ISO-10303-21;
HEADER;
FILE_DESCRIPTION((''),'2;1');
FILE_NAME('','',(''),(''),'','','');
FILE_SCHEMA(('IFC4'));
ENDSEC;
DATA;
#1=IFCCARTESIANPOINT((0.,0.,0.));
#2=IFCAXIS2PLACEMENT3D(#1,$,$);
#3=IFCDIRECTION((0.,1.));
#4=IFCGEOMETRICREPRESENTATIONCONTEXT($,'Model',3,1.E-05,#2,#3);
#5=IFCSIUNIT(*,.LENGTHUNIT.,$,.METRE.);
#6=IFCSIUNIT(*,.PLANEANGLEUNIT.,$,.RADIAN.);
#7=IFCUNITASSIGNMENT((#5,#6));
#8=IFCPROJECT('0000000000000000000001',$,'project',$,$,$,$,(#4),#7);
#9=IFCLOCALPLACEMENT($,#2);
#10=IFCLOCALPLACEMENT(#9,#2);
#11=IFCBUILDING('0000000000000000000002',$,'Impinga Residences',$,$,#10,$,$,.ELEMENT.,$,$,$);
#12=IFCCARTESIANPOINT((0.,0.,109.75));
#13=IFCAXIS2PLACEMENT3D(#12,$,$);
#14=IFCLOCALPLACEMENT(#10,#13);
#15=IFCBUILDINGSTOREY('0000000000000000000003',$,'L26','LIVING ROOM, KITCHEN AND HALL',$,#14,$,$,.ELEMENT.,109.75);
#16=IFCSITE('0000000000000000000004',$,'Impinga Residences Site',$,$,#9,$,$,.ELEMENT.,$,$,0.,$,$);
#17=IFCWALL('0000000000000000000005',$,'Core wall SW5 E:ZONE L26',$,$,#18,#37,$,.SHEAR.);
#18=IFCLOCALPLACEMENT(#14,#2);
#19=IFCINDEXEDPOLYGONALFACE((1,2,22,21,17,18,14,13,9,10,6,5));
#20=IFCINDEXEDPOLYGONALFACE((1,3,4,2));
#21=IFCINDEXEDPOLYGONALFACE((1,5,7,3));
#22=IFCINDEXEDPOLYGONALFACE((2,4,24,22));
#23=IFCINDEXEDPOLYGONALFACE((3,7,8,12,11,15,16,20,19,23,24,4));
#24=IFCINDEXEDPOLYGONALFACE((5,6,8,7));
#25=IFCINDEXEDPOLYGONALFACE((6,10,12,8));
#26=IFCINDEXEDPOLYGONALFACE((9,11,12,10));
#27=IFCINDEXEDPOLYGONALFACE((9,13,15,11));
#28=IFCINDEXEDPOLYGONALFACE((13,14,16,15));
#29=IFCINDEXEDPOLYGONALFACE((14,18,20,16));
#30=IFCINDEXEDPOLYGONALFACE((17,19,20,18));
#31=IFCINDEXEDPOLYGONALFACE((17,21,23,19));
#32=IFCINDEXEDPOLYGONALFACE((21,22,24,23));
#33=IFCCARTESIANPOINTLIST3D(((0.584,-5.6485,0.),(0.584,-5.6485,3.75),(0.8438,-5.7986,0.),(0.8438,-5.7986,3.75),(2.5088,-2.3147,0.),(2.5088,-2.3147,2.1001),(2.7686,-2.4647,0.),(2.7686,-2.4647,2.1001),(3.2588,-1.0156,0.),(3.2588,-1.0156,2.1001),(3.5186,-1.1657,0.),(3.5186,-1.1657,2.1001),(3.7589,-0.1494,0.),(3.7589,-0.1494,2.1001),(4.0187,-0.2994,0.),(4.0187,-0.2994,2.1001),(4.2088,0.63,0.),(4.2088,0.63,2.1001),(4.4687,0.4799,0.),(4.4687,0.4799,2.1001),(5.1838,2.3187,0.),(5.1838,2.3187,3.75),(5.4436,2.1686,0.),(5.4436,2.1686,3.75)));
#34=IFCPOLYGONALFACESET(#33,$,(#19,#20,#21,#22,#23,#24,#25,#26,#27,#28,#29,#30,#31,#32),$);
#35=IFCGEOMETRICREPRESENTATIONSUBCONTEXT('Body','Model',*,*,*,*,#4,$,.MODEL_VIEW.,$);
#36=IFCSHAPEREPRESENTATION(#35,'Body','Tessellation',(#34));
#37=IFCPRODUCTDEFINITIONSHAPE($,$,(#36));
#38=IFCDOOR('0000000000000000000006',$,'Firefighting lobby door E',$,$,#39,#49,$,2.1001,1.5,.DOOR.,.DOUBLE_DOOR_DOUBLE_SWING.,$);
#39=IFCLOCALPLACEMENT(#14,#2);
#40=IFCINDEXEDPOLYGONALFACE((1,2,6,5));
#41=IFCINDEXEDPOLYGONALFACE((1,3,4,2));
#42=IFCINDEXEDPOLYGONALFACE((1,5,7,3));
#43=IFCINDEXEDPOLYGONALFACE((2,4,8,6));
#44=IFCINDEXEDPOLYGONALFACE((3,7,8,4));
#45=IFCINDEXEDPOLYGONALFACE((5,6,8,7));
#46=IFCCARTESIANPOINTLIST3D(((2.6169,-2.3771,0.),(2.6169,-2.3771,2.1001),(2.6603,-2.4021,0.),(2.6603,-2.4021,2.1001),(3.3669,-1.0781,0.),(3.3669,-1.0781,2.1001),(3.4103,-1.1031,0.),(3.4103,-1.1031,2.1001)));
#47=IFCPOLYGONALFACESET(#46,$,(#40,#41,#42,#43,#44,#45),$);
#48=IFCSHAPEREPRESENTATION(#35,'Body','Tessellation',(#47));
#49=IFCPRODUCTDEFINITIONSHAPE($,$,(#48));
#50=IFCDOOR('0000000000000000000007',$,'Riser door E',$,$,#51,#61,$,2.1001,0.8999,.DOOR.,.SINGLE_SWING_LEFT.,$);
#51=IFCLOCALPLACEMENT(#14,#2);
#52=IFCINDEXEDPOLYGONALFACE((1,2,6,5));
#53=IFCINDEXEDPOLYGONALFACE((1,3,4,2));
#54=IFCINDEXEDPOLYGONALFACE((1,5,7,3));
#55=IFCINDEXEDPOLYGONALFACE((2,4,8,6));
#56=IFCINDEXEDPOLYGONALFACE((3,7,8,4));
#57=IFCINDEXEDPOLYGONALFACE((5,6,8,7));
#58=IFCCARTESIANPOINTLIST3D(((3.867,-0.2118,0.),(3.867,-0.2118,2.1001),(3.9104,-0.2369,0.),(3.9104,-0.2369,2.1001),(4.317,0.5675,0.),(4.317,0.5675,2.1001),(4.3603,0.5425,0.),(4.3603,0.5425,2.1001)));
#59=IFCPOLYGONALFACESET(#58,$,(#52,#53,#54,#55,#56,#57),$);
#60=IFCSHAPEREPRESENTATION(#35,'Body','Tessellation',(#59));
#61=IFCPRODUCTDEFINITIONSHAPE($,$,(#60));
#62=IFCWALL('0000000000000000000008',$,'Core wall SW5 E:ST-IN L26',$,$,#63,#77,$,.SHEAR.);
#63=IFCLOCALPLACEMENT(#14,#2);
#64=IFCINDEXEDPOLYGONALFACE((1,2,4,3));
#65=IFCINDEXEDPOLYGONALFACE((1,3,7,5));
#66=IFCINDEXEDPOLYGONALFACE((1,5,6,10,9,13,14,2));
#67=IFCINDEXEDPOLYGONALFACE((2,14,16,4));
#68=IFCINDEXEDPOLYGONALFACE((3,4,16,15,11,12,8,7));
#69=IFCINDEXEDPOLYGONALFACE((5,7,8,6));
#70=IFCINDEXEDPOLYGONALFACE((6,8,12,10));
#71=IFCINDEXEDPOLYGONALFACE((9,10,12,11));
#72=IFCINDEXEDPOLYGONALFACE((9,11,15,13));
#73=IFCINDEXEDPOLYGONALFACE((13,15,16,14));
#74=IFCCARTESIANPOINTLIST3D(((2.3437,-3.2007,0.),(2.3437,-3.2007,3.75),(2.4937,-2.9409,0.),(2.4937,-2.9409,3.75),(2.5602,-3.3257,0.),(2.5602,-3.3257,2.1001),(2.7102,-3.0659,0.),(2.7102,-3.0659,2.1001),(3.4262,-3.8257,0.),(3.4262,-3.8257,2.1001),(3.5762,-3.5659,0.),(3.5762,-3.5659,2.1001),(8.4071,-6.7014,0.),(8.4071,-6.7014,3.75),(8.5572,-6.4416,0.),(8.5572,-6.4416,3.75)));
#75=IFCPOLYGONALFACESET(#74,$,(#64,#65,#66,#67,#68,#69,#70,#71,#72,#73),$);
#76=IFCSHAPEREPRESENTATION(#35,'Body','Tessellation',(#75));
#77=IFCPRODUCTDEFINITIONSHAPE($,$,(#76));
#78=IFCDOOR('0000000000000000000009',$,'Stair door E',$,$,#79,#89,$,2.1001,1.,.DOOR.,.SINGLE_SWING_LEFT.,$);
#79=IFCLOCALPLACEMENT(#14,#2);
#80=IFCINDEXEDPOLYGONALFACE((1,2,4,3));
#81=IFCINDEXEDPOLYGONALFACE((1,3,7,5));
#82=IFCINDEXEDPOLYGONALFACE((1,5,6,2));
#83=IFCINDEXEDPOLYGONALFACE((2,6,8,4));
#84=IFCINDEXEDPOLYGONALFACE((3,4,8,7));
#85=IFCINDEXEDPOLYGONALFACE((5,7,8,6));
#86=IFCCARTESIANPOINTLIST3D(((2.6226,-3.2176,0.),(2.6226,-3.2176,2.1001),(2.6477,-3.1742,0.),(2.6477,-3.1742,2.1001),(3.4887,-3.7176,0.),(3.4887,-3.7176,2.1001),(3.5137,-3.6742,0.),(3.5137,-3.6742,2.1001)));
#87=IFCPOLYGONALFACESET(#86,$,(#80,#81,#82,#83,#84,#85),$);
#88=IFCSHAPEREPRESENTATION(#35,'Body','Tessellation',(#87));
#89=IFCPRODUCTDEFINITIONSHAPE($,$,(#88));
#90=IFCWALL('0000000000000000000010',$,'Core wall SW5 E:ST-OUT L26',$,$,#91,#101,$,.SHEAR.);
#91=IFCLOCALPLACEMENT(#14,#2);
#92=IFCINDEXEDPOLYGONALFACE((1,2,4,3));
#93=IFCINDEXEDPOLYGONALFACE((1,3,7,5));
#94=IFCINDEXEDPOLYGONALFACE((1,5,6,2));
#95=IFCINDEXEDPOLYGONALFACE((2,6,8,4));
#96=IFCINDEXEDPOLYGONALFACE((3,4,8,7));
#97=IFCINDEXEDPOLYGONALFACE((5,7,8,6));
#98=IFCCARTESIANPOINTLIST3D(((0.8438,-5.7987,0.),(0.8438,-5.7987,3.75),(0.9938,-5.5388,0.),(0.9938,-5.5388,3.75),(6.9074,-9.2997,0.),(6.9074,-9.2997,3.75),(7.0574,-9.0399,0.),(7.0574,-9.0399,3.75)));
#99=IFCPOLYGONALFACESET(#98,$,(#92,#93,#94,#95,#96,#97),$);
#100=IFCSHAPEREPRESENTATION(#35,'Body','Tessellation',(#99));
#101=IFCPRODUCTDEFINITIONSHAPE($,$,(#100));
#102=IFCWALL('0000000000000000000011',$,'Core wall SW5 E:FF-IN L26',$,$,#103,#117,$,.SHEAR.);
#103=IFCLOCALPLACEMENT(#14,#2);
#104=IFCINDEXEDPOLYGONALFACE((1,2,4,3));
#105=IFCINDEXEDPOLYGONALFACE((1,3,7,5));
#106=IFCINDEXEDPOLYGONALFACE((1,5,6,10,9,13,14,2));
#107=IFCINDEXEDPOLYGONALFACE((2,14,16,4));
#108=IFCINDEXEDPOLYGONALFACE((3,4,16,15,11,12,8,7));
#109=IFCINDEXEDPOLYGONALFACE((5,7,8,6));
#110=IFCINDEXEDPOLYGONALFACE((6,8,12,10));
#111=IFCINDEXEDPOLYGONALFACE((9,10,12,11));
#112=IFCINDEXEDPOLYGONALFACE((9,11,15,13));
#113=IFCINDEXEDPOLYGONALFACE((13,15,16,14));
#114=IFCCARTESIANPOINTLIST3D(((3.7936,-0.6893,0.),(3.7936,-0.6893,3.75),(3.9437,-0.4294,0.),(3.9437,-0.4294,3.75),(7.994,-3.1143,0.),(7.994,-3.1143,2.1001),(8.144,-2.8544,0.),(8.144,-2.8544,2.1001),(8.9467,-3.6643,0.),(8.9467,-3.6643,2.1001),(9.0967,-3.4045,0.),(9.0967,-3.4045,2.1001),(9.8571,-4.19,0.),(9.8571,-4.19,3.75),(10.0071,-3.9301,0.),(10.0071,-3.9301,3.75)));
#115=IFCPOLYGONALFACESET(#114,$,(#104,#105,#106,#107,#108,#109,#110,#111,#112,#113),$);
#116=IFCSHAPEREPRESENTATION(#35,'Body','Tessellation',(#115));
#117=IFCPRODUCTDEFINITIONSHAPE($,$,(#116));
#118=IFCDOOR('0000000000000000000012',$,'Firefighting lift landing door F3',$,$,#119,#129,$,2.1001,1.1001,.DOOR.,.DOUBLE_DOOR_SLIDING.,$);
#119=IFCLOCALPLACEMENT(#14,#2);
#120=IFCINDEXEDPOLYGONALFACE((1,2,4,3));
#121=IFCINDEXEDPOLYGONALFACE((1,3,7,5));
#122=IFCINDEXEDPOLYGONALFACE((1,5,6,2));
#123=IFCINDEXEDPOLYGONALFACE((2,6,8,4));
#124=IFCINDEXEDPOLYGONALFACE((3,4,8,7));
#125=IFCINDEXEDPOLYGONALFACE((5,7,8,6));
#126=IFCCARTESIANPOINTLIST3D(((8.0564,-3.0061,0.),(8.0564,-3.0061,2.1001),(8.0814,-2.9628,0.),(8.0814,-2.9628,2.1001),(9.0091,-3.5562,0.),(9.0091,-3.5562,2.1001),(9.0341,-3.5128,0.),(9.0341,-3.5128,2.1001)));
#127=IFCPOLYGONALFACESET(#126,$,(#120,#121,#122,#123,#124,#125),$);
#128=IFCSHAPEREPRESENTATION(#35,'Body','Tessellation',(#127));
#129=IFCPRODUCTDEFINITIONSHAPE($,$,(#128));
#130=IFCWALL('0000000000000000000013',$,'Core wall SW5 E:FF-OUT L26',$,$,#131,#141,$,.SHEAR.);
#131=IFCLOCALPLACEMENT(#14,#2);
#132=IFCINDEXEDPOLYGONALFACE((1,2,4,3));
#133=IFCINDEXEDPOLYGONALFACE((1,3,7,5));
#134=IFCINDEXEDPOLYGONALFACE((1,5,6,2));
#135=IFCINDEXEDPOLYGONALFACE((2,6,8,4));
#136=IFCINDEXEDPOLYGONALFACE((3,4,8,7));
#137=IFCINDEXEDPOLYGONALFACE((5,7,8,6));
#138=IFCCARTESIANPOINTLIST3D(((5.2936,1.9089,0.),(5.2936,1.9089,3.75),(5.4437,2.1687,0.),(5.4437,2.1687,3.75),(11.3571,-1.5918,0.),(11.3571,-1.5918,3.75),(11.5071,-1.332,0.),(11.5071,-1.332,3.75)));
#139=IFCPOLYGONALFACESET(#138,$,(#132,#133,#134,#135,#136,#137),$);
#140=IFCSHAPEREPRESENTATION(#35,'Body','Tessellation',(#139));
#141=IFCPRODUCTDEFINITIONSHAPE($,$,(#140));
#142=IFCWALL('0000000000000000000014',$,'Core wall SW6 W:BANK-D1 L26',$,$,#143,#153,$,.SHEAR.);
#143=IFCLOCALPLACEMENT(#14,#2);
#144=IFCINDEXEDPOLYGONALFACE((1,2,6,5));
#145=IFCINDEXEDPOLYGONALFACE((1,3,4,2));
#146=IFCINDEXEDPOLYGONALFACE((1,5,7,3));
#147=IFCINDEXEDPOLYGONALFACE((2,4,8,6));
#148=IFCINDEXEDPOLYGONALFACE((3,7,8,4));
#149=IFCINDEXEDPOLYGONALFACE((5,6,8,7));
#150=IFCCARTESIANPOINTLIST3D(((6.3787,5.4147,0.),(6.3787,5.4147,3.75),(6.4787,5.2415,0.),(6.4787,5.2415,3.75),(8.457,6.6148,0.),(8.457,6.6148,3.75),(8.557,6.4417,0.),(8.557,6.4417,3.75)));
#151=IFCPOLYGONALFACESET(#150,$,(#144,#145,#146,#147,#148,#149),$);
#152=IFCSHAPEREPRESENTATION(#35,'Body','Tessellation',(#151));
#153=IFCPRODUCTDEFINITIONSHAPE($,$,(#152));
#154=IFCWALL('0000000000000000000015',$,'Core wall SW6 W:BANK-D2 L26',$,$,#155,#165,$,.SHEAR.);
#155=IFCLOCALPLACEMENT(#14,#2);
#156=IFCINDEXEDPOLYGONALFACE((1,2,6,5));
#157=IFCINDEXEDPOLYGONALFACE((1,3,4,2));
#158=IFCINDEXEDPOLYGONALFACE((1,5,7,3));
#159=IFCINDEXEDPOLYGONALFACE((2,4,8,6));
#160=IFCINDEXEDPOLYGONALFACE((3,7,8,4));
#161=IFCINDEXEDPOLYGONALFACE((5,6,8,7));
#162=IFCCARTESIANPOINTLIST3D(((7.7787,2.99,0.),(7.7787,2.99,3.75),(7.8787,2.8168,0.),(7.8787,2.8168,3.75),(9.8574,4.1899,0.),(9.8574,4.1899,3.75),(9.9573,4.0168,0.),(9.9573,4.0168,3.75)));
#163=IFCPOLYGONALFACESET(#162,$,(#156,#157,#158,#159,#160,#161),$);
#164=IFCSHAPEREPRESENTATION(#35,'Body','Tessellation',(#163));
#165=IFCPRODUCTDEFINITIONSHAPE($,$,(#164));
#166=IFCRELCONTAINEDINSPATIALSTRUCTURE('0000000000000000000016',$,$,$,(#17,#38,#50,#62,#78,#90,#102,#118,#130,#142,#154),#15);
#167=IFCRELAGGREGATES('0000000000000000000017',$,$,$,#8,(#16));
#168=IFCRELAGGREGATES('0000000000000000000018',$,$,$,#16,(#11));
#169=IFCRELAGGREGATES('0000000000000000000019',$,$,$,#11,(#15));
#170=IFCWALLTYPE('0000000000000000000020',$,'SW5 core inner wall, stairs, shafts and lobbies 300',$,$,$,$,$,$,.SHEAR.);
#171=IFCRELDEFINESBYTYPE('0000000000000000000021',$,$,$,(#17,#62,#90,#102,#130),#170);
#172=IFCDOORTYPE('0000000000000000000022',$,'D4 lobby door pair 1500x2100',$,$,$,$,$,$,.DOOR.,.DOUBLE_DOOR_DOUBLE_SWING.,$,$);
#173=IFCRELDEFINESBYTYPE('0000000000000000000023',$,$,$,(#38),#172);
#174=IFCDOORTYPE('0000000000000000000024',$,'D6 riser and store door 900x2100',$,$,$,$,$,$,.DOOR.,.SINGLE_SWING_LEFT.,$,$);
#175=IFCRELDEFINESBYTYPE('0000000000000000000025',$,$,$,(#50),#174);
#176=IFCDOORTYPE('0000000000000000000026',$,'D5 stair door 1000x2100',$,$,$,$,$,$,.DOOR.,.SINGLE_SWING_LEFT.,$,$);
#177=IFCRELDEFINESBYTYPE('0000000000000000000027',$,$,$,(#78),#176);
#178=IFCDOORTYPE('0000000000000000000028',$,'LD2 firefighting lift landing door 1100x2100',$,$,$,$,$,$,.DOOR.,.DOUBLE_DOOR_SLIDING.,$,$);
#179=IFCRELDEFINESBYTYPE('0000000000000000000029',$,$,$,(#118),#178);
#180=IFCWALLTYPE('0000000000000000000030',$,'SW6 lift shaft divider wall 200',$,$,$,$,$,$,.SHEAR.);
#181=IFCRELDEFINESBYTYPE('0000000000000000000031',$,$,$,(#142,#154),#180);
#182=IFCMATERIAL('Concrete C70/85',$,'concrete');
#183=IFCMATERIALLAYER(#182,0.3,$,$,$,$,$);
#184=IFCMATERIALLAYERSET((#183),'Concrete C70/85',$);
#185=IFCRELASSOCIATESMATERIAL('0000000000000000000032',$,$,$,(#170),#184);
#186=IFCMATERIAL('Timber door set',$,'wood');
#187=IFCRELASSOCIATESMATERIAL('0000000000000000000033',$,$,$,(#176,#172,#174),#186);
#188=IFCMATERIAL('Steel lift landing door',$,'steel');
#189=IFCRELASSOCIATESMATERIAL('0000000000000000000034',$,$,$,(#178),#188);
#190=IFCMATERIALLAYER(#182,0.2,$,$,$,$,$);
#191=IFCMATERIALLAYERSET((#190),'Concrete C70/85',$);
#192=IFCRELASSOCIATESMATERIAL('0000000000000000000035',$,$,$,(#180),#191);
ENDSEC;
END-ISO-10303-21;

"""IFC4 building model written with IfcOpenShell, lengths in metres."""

from ifc_helpers import new_model, si_unit, direction, frame, frame_2d, origin, place, context, subcontext, project, spatial, rectangle, extrude, material, layer, layer_set, type_object, element, fill, save


model = new_model("IFC4")

# Units and contexts
model_context = context("Model", 3, precision=1e-05, world=origin(), true_north=direction((0.0, 1.0)))
body_context = subcontext(model_context, "Body", "Model", "MODEL_VIEW")
ifc_project = project(units=[si_unit("LENGTHUNIT", "METRE"), si_unit("PLANEANGLEUNIT", "RADIAN")], contexts=[model_context])

# Site, building, storey
site_placement = place(None, origin())
site = spatial("IfcSite", under=ifc_project, at=site_placement, Name="Impinga Residences Site", CompositionType="ELEMENT", RefElevation=0.0)
building_placement = place(site_placement, origin())
building = spatial("IfcBuilding", under=site, at=building_placement, Name="Impinga Residences", CompositionType="ELEMENT")
storey_placement = place(building_placement, frame((0.0, 0.0, 109.75)))
storey = spatial("IfcBuildingStorey", under=building, at=storey_placement, Name="L26", Description="LIVING ROOM, KITCHEN AND HALL", CompositionType="ELEMENT", Elevation=109.75)

# Shared definitions
ifc_material_1 = material(Name="Concrete C70/85", Category="concrete")
ifc_layer_1 = layer(ifc_material_1, 0.3)
ifc_layer_set_1 = layer_set([ifc_layer_1], Name="Concrete C70/85")
wall_type_1 = type_object("IfcWallType", Name="SW5 core inner wall, stairs, shafts and lobbies 300", PredefinedType="SHEAR", material=ifc_layer_set_1)
ifc_material_2 = material(Name="Timber door set", Category="wood")
door_type_1 = type_object("IfcDoorType", Name="D5 stair door 1000x2100", OperationType="SINGLE_SWING_LEFT", PredefinedType="DOOR", material=ifc_material_2)

# Wall, openings, doors
wall_1_placement = place(storey_placement, frame((5.3137, 2.2437, 0.0), z_axis=(0.0, 0.0, 1.0), x_axis=(-0.499995, -0.866028, 0.0)))
wall_1 = element("IfcWall", 1, at=wall_1_placement, inside=storey, type_object=wall_type_1, Name="Core wall SW5 E:ZONE L26", PredefinedType="SHEAR", context=body_context, shape_type="SweptSolid", body=[
    extrude(rectangle(XDim=9.1997, YDim=0.3, at=frame_2d((4.5999, 0.0))), origin(), (0.0, 0.0, 1.0), 3.75),
])
opening_1_placement = place(wall_1_placement, frame((3.8501, 0.0, 0.0)))
opening_1 = element("IfcOpeningElement", 2, at=opening_1_placement, cuts=wall_1, PredefinedType="OPENING", context=body_context, shape_type="SweptSolid", body=[
    extrude(rectangle(XDim=1.5, YDim=2.1001, at=frame_2d((0.75, 1.05))), frame((0.0, 0.1599, 0.0), z_axis=(0.0, -1.0, 0.0), x_axis=(1.0, 0.0, 0.0)), (0.0, 0.0, 1.0), 0.3201),
])
opening_2_placement = place(wall_1_placement, frame((1.95, 0.0, 0.0)))
opening_2 = element("IfcOpeningElement", 3, at=opening_2_placement, cuts=wall_1, PredefinedType="OPENING", context=body_context, shape_type="SweptSolid", body=[
    extrude(rectangle(XDim=0.8999, YDim=2.1001, at=frame_2d((0.45, 1.05))), frame((0.0, 0.1599, 0.0), z_axis=(0.0, -1.0, 0.0), x_axis=(1.0, 0.0, 0.0)), (0.0, 0.0, 1.0), 0.3201),
])
door_type_2 = type_object("IfcDoorType", Name="D4 lobby door pair 1500x2100", OperationType="DOUBLE_DOOR_DOUBLE_SWING", PredefinedType="DOOR", material=ifc_material_2)
door_1_placement = place(opening_1_placement, origin())
door_1 = element("IfcDoor", 4, at=door_1_placement, inside=storey, type_object=door_type_2, Name="Firefighting lobby door E", OperationType="DOUBLE_DOOR_DOUBLE_SWING", OverallHeight=2.1001, OverallWidth=1.5, PredefinedType="DOOR", context=body_context, shape_type="SweptSolid", body=[
    extrude(rectangle(XDim=1.5, YDim=2.1001, at=frame_2d((0.75, 1.05))), frame((0.0, 0.0249, 0.0), z_axis=(0.0, -1.0, 0.0), x_axis=(1.0, 0.0, 0.0)), (0.0, 0.0, 1.0), 0.05),
])
fill(opening_1, door_1)
door_type_3 = type_object("IfcDoorType", Name="D6 riser and store door 900x2100", OperationType="SINGLE_SWING_LEFT", PredefinedType="DOOR", material=ifc_material_2)
door_2_placement = place(opening_2_placement, origin())
door_2 = element("IfcDoor", 5, at=door_2_placement, inside=storey, type_object=door_type_3, Name="Riser door E", OperationType="SINGLE_SWING_LEFT", OverallHeight=2.1001, OverallWidth=0.8999, PredefinedType="DOOR", context=body_context, shape_type="SweptSolid", body=[
    extrude(rectangle(XDim=0.8999, YDim=2.1001, at=frame_2d((0.45, 1.05))), frame((0.0, 0.0249, 0.0), z_axis=(0.0, -1.0, 0.0), x_axis=(1.0, 0.0, 0.0)), (0.0, 0.0, 1.0), 0.05),
])
fill(opening_2, door_2)

# Wall, opening, door
wall_2_placement = place(storey_placement, frame((2.4187, -3.0708, 0.0), z_axis=(0.0, 0.0, 1.0), x_axis=(0.866026, -0.499998, 0.0)))
wall_2 = element("IfcWall", 6, at=wall_2_placement, inside=storey, type_object=wall_type_1, Name="Core wall SW5 E:ST-IN L26", PredefinedType="SHEAR", context=body_context, shape_type="SweptSolid", body=[
    extrude(rectangle(XDim=7.0015, YDim=0.3, at=frame_2d((3.5007, 0.0))), origin(), (0.0, 0.0, 1.0), 3.75),
])
opening_3_placement = place(wall_2_placement, frame((0.25, 0.0, 0.0)))
opening_3 = element("IfcOpeningElement", 7, at=opening_3_placement, cuts=wall_2, PredefinedType="OPENING", context=body_context, shape_type="SweptSolid", body=[
    extrude(rectangle(XDim=1.0, YDim=2.1001, at=frame_2d((0.5, 1.05))), frame((0.0, 0.1599, 0.0), z_axis=(0.0, -1.0, 0.0), x_axis=(1.0, 0.0, 0.0)), (0.0, 0.0, 1.0), 0.3201),
])
door_3_placement = place(opening_3_placement, origin())
door_3 = element("IfcDoor", 8, at=door_3_placement, inside=storey, type_object=door_type_1, Name="Stair door E", OperationType="SINGLE_SWING_LEFT", OverallHeight=2.1001, OverallWidth=1.0, PredefinedType="DOOR", context=body_context, shape_type="SweptSolid", body=[
    extrude(rectangle(XDim=1.0, YDim=2.1001, at=frame_2d((0.5, 1.05))), frame((0.0, 0.0249, 0.0), z_axis=(0.0, -1.0, 0.0), x_axis=(1.0, 0.0, 0.0)), (0.0, 0.0, 1.0), 0.05),
])
fill(opening_3, door_3)

# Wall
wall_3_placement = place(storey_placement, frame((0.9187, -5.6687, 0.0), z_axis=(0.0, 0.0, 1.0), x_axis=(0.866011, -0.500024, 0.0)))
element("IfcWall", 9, at=wall_3_placement, inside=storey, type_object=wall_type_1, Name="Core wall SW5 E:ST-OUT L26", PredefinedType="SHEAR", context=body_context, shape_type="SweptSolid", body=[
    extrude(rectangle(XDim=7.0017, YDim=0.3, at=frame_2d((3.501, 0.0))), origin(), (0.0, 0.0, 1.0), 3.75),
])

# Wall, opening, door
wall_4_placement = place(storey_placement, frame((3.8687, -0.5593, 0.0), z_axis=(0.0, 0.0, 1.0), x_axis=(0.866026, -0.499998, 0.0)))
wall_4 = element("IfcWall", 10, at=wall_4_placement, inside=storey, type_object=wall_type_1, Name="Core wall SW5 E:FF-IN L26", PredefinedType="SHEAR", context=body_context, shape_type="SweptSolid", body=[
    extrude(rectangle(XDim=7.0015, YDim=0.3, at=frame_2d((3.5007, 0.0))), origin(), (0.0, 0.0, 1.0), 3.75),
])
opening_4_placement = place(wall_4_placement, frame((4.8501, 0.0, 0.0)))
opening_4 = element("IfcOpeningElement", 11, at=opening_4_placement, cuts=wall_4, PredefinedType="OPENING", context=body_context, shape_type="SweptSolid", body=[
    extrude(rectangle(XDim=1.1001, YDim=2.1001, at=frame_2d((0.55, 1.05))), frame((0.0, 0.1599, 0.0), z_axis=(0.0, -1.0, 0.0), x_axis=(1.0, 0.0, 0.0)), (0.0, 0.0, 1.0), 0.3201),
])
ifc_material_3 = material(Name="Steel lift landing door", Category="steel")
door_type_4 = type_object("IfcDoorType", Name="LD2 firefighting lift landing door 1100x2100", OperationType="DOUBLE_DOOR_SLIDING", PredefinedType="DOOR", material=ifc_material_3)
door_4_placement = place(opening_4_placement, origin())
door_4 = element("IfcDoor", 12, at=door_4_placement, inside=storey, type_object=door_type_4, Name="Firefighting lift landing door F3", OperationType="DOUBLE_DOOR_SLIDING", OverallHeight=2.1001, OverallWidth=1.1001, PredefinedType="DOOR", context=body_context, shape_type="SweptSolid", body=[
    extrude(rectangle(XDim=1.1001, YDim=2.1001, at=frame_2d((0.55, 1.05))), frame((0.0, 0.0249, 0.0), z_axis=(0.0, -1.0, 0.0), x_axis=(1.0, 0.0, 0.0)), (0.0, 0.0, 1.0), 0.05),
])
fill(opening_4, door_4)

# Walls
wall_5_placement = place(storey_placement, frame((5.3687, 2.0388, 0.0), z_axis=(0.0, 0.0, 1.0), x_axis=(0.866026, -0.499998, 0.0)))
element("IfcWall", 13, at=wall_5_placement, inside=storey, type_object=wall_type_1, Name="Core wall SW5 E:FF-OUT L26", PredefinedType="SHEAR", context=body_context, shape_type="SweptSolid", body=[
    extrude(rectangle(XDim=7.0015, YDim=0.3, at=frame_2d((3.5007, 0.0))), origin(), (0.0, 0.0, 1.0), 3.75),
])
ifc_layer_2 = layer(ifc_material_1, 0.2)
ifc_layer_set_2 = layer_set([ifc_layer_2], Name="Concrete C70/85")
wall_type_2 = type_object("IfcWallType", Name="SW6 lift shaft divider wall 200", PredefinedType="SHEAR", material=ifc_layer_set_2)
wall_6_placement = place(storey_placement, frame((6.4287, 5.3281, 0.0), z_axis=(0.0, 0.0, 1.0), x_axis=(0.865981, 0.500078, 0.0)))
element("IfcWall", 14, at=wall_6_placement, inside=storey, type_object=wall_type_2, Name="Core wall SW6 W:BANK-D1 L26", PredefinedType="SHEAR", context=body_context, shape_type="SweptSolid", body=[
    extrude(rectangle(XDim=2.3999, YDim=0.2, at=frame_2d((1.2, 0.0))), origin(), (0.0, 0.0, 1.0), 3.75),
])
wall_7_placement = place(storey_placement, frame((7.8286, 2.9033, 0.0), z_axis=(0.0, 0.0, 1.0), x_axis=(0.86605, 0.499957, 0.0)))
element("IfcWall", 15, at=wall_7_placement, inside=storey, type_object=wall_type_2, Name="Core wall SW6 W:BANK-D2 L26", PredefinedType="SHEAR", context=body_context, shape_type="SweptSolid", body=[
    extrude(rectangle(XDim=2.4001, YDim=0.2, at=frame_2d((1.2002, 0.0))), origin(), (0.0, 0.0, 1.0), 3.75),
])

save(model, "model.ifc")
